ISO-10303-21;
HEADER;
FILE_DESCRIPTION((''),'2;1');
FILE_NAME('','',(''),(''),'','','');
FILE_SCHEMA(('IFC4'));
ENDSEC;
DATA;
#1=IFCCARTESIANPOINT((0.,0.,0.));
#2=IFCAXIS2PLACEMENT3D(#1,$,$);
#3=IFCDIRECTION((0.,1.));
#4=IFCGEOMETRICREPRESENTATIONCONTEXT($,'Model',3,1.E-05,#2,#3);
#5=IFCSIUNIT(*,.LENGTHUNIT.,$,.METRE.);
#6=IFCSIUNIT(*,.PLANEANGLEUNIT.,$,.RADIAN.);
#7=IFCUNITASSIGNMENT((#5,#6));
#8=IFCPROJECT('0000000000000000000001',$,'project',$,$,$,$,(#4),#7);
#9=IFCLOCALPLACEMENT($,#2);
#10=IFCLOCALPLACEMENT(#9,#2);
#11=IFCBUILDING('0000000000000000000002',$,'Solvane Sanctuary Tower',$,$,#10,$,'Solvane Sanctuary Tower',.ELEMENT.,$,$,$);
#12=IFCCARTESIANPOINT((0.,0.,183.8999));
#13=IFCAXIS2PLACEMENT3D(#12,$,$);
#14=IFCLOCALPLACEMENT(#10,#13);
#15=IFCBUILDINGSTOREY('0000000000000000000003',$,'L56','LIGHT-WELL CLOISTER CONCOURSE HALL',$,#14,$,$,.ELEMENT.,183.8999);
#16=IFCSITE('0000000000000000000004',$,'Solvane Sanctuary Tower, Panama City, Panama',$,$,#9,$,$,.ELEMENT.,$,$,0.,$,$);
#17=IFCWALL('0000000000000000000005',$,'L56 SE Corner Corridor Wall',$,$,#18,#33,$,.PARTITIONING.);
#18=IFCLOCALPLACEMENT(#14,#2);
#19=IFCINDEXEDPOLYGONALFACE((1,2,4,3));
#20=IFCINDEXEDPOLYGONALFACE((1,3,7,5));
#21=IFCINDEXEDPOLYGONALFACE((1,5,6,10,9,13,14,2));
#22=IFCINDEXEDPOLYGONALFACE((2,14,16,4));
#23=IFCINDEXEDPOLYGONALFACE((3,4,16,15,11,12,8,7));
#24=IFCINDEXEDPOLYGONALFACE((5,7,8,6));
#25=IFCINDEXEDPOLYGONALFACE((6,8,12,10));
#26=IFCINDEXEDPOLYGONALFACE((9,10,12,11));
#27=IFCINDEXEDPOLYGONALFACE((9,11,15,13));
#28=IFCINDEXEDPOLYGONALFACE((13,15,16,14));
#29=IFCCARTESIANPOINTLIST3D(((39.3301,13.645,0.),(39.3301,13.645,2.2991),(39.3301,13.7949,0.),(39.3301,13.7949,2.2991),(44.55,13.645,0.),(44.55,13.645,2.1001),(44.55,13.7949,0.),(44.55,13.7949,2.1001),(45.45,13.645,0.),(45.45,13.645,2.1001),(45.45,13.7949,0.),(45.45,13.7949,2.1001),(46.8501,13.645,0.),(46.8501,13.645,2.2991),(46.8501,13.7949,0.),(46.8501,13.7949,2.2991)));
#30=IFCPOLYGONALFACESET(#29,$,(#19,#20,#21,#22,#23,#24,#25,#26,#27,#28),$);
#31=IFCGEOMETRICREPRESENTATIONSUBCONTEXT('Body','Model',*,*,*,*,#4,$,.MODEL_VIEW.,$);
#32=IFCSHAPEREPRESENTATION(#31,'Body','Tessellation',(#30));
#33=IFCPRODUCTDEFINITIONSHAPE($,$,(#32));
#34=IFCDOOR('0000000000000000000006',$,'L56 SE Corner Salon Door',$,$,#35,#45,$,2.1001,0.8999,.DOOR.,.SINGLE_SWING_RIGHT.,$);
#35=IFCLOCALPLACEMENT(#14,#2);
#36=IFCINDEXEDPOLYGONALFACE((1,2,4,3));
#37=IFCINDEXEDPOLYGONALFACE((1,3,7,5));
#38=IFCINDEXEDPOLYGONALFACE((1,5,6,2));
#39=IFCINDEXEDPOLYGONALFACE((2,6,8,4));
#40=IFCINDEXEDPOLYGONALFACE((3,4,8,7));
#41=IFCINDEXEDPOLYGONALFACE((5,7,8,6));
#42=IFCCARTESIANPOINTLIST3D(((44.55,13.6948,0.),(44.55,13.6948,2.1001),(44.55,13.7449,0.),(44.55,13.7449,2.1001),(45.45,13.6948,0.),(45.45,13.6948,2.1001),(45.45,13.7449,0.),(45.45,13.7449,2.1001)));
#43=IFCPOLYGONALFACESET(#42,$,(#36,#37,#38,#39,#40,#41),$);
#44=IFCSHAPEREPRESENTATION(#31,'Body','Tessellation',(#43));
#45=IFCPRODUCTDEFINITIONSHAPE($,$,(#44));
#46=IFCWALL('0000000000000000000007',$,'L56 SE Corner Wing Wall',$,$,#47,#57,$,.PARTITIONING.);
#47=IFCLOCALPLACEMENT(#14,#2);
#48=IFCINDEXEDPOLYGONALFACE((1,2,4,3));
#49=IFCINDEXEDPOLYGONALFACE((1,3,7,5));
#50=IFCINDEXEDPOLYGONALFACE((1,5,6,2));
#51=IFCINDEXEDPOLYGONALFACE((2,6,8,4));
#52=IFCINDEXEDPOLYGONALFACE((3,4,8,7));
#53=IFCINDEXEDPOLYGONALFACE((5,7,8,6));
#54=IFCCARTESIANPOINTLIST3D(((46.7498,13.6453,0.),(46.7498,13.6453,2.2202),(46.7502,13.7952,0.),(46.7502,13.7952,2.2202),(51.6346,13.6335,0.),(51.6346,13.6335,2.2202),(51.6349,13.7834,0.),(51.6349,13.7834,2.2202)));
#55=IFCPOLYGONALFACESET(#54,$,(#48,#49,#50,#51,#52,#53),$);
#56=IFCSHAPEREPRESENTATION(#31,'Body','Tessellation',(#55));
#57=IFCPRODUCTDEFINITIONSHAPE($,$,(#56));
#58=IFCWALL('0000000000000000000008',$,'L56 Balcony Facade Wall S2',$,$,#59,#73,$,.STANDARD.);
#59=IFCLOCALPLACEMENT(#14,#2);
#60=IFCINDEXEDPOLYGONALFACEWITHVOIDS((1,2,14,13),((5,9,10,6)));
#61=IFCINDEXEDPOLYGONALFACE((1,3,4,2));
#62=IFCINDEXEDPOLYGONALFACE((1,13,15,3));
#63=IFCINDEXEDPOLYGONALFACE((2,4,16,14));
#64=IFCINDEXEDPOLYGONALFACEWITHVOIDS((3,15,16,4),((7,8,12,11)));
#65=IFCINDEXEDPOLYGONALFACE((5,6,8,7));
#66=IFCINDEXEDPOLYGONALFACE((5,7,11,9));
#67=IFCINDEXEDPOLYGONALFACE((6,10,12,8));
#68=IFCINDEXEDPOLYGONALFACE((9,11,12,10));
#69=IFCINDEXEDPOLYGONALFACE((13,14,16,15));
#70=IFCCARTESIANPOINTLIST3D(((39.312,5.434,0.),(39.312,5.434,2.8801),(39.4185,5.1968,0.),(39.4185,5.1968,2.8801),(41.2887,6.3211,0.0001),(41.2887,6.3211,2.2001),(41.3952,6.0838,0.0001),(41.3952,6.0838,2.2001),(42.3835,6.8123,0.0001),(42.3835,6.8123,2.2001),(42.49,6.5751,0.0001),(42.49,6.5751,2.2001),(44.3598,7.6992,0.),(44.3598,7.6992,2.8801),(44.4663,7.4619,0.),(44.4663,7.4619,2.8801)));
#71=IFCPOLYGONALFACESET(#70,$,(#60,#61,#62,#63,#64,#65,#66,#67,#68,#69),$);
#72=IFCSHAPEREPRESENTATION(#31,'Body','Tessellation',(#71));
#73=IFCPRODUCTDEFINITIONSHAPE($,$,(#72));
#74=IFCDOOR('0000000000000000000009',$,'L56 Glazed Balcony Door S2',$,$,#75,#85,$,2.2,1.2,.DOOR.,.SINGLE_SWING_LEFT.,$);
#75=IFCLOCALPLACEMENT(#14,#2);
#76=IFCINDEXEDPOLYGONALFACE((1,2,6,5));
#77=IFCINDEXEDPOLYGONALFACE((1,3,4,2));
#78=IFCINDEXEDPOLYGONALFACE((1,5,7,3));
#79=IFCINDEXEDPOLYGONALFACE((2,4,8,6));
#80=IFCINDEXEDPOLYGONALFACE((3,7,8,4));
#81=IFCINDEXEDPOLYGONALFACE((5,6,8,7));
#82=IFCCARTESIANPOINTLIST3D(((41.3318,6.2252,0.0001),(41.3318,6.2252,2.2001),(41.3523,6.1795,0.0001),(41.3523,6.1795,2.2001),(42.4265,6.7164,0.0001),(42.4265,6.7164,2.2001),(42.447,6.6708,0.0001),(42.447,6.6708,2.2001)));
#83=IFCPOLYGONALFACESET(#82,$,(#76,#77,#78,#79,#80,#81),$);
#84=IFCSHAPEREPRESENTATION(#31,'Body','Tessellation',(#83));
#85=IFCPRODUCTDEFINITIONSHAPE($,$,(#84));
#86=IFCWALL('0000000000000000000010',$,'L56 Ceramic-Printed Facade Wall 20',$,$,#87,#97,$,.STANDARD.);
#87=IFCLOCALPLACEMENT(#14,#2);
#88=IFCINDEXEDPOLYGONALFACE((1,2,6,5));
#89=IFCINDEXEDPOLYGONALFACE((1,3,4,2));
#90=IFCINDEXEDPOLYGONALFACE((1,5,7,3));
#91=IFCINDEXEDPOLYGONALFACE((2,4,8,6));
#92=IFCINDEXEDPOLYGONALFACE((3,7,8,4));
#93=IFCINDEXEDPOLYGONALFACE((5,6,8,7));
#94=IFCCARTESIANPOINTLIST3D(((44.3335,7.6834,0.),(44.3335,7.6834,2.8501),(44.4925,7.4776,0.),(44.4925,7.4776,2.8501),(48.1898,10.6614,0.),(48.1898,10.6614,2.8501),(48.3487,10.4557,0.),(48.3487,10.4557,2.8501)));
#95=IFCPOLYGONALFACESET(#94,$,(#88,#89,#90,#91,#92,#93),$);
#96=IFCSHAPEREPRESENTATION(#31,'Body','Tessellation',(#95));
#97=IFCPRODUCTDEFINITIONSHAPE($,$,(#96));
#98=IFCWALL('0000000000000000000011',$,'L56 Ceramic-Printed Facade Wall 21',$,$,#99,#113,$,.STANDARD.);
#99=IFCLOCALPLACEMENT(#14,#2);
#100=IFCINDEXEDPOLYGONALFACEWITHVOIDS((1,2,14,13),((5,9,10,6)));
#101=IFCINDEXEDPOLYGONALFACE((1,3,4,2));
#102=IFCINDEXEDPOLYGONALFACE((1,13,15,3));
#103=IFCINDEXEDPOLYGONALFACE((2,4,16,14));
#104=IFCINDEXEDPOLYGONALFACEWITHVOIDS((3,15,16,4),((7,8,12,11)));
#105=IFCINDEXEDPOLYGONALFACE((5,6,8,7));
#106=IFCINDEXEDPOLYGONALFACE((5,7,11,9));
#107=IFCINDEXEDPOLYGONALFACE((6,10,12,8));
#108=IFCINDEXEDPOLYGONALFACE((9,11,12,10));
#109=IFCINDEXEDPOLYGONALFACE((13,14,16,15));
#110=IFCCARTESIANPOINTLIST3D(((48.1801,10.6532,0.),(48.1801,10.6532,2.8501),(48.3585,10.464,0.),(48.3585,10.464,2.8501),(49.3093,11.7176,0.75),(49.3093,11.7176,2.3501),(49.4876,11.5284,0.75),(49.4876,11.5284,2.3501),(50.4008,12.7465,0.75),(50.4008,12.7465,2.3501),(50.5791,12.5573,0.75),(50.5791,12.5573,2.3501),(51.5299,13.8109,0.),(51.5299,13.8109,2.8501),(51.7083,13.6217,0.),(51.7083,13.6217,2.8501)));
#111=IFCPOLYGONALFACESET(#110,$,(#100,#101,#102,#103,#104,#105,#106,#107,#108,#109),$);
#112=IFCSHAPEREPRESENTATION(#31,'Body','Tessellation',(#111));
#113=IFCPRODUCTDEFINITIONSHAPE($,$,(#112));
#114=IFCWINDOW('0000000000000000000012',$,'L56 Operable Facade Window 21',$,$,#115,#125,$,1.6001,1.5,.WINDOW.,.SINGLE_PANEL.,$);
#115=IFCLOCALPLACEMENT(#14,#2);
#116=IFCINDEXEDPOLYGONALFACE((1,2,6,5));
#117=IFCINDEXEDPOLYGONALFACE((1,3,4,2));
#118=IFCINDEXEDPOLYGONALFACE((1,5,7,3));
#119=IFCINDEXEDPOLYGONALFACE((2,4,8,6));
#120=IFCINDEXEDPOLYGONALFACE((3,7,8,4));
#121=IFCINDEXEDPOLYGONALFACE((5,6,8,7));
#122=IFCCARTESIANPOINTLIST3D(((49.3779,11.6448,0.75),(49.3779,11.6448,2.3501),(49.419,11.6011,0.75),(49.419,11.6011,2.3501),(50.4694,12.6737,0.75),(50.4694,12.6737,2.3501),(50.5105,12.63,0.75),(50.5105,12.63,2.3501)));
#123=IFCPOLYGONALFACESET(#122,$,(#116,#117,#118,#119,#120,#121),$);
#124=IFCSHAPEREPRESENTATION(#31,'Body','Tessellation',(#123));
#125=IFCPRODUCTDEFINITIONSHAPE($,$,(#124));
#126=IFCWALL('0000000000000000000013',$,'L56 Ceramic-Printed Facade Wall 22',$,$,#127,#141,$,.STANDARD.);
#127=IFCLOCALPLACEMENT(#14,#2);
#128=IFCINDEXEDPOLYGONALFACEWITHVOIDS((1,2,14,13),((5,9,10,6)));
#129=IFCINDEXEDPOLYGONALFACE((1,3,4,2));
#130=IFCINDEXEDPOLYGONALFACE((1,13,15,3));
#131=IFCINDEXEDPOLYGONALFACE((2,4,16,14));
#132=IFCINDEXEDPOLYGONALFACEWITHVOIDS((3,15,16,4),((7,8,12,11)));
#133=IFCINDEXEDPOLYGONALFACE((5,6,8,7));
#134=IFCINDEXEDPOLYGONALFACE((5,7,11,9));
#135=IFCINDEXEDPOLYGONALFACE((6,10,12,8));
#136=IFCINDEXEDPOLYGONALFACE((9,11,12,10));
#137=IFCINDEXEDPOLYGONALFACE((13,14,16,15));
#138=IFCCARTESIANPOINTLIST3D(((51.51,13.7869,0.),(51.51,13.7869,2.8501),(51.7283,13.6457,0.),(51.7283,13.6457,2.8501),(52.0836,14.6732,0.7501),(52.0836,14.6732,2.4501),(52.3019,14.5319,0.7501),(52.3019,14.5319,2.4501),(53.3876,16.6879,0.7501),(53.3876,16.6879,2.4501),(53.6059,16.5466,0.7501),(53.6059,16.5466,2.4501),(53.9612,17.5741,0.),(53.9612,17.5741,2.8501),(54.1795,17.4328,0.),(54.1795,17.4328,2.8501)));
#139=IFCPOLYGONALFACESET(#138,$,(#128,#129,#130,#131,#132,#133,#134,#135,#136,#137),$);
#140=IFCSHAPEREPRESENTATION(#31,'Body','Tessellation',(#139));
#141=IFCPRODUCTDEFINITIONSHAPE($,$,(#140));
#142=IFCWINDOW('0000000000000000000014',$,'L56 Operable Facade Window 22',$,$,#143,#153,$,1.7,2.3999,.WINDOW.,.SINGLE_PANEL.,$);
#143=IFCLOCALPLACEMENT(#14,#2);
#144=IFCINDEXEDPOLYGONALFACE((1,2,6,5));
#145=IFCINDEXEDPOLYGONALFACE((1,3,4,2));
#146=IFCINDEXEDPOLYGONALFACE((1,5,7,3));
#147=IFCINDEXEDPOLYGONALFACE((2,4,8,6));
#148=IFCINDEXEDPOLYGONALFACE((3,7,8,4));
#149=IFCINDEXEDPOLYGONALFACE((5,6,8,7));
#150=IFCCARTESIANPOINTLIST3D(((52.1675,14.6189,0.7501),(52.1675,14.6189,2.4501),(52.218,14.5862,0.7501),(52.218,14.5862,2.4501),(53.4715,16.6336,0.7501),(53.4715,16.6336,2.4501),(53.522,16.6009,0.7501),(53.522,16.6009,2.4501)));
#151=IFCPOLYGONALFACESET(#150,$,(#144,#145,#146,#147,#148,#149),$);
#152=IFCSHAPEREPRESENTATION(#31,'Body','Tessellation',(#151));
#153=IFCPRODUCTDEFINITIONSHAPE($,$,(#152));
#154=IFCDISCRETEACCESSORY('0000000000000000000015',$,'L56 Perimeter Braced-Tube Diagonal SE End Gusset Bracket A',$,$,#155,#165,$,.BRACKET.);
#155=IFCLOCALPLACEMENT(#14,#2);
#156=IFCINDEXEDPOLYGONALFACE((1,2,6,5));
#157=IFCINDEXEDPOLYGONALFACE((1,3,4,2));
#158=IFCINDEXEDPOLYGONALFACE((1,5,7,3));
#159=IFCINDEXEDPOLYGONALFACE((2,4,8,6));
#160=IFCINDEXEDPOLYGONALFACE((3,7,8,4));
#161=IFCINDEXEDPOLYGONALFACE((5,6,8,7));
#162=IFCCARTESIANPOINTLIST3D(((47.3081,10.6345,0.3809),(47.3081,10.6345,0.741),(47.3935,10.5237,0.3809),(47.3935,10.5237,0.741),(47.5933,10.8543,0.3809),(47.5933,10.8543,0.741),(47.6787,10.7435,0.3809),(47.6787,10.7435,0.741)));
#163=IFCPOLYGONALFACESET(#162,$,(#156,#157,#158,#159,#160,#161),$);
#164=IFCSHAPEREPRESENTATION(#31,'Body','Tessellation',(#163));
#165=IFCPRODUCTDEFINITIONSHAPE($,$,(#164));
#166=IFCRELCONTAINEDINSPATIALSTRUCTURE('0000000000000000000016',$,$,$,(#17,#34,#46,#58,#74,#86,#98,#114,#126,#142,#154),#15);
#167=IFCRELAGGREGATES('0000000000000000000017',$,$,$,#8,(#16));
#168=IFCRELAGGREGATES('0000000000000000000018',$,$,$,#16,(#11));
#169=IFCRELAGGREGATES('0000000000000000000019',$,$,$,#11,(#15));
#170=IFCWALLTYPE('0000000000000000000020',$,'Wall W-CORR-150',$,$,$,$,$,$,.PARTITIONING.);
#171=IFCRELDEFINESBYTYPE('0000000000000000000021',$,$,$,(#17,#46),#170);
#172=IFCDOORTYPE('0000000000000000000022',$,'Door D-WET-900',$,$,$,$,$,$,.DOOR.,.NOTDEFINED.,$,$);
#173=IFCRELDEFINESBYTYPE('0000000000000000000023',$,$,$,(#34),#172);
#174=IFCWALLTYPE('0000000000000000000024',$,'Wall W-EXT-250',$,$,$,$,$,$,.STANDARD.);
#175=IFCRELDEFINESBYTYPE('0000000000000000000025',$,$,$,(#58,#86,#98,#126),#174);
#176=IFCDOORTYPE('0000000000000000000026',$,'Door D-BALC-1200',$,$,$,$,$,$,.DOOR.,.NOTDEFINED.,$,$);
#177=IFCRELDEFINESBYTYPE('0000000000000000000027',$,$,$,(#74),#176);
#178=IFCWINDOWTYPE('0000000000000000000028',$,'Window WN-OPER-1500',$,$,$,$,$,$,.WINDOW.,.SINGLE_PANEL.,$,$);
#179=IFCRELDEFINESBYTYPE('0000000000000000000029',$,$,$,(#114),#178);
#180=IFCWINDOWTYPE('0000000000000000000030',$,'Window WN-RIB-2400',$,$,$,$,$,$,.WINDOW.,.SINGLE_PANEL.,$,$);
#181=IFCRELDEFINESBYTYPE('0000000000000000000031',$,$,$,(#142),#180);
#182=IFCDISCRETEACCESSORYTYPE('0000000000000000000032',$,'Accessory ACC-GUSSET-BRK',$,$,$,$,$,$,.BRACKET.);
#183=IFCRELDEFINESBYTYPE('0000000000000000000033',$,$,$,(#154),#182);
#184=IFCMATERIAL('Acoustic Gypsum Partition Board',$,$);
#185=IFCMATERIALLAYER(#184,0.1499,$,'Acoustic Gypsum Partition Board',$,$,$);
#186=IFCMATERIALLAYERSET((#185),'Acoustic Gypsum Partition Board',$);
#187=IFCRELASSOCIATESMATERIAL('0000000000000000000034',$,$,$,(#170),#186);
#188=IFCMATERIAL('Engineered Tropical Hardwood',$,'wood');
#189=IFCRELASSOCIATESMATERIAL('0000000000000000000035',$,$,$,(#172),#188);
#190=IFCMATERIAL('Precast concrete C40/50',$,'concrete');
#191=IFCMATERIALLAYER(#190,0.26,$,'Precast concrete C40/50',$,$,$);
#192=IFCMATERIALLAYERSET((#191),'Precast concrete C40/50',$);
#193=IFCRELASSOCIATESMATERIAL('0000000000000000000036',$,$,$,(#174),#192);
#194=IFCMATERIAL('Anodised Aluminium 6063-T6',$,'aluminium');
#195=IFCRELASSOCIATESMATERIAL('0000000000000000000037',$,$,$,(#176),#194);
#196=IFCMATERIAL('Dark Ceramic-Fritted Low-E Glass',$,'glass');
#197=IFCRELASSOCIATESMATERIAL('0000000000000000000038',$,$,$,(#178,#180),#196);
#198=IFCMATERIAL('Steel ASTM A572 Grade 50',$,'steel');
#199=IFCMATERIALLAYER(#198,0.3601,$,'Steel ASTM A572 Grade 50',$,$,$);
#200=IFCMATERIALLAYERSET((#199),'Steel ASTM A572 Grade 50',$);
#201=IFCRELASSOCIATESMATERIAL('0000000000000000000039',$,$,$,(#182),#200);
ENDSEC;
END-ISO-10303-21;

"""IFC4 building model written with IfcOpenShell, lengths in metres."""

from ifc_helpers import new_model, si_unit, direction, frame, frame_2d, origin, origin_2d, place, context, subcontext, project, spatial, rectangle, extrude, material, layer, layer_set, type_object, element, fill, save


model = new_model("IFC4")

# Units and contexts
model_context = context("Model", 3, precision=1e-05, world=origin(), true_north=direction((0.0, 1.0)))
body_context = subcontext(model_context, "Body", "Model", "MODEL_VIEW")
ifc_project = project(units=[si_unit("LENGTHUNIT", "METRE"), si_unit("PLANEANGLEUNIT", "RADIAN")], contexts=[model_context])

# Site, building, storey
site_placement = place(None, origin())
site = spatial("IfcSite", under=ifc_project, at=site_placement, Name="Solvane Sanctuary Tower, Panama City, Panama", CompositionType="ELEMENT", RefElevation=0.0)
building_placement = place(site_placement, origin())
building = spatial("IfcBuilding", under=site, at=building_placement, Name="Solvane Sanctuary Tower", LongName="Solvane Sanctuary Tower", CompositionType="ELEMENT")
storey_placement = place(building_placement, frame((0.0, 0.0, 183.8999)))
storey = spatial("IfcBuildingStorey", under=building, at=storey_placement, Name="L56", Description="LIGHT-WELL CLOISTER CONCOURSE HALL", CompositionType="ELEMENT", Elevation=183.8999)

# Wall, opening, door
ifc_material_1 = material(Name="Acoustic Gypsum Partition Board")
ifc_layer_1 = layer(ifc_material_1, 0.1499, Name="Acoustic Gypsum Partition Board")
ifc_layer_set_1 = layer_set([ifc_layer_1], Name="Acoustic Gypsum Partition Board")
wall_type_1 = type_object("IfcWallType", Name="Wall W-CORR-150", PredefinedType="PARTITIONING", material=ifc_layer_set_1)
wall_1_placement = place(storey_placement, frame((39.3301, 13.72, 0.0), z_axis=(0.0, 0.0, 1.0), x_axis=(1.0, 0.0, 0.0)))
wall_1 = element("IfcWall", 1, at=wall_1_placement, inside=storey, type_object=wall_type_1, Name="L56 SE Corner Corridor Wall", PredefinedType="PARTITIONING", context=body_context, shape_type="SweptSolid", body=[
    extrude(rectangle(XDim=7.52, YDim=0.1499, at=frame_2d((3.76, 0.0))), origin(), (0.0, 0.0, 1.0), 2.2991),
])
opening_1_placement = place(wall_1_placement, frame((5.22, 0.0, 0.0)))
opening_1 = element("IfcOpeningElement", 2, at=opening_1_placement, cuts=wall_1, PredefinedType="OPENING", context=body_context, shape_type="SweptSolid", body=[
    extrude(rectangle(XDim=0.8999, YDim=2.1001, at=frame_2d((0.45, 1.05))), frame((0.0, 0.085, 0.0), z_axis=(0.0, -1.0, 0.0), x_axis=(1.0, 0.0, 0.0)), (0.0, 0.0, 1.0), 0.1699),
])
ifc_material_2 = material(Name="Engineered Tropical Hardwood", Category="wood")
door_type_1 = type_object("IfcDoorType", Name="Door D-WET-900", OperationType="NOTDEFINED", PredefinedType="DOOR", material=ifc_material_2)
door_1_placement = place(opening_1_placement, origin())
door_1 = element("IfcDoor", 3, at=door_1_placement, inside=storey, type_object=door_type_1, Name="L56 SE Corner Salon Door", OperationType="SINGLE_SWING_RIGHT", OverallHeight=2.1001, OverallWidth=0.8999, PredefinedType="DOOR", context=body_context, shape_type="SweptSolid", body=[
    extrude(rectangle(XDim=0.8999, YDim=2.1001, at=frame_2d((0.45, 1.05))), frame((0.0, 0.0249, 0.0), z_axis=(0.0, -1.0, 0.0), x_axis=(1.0, 0.0, 0.0)), (0.0, 0.0, 1.0), 0.05),
])
fill(opening_1, door_1)

# Wall
wall_2_placement = place(storey_placement, frame((46.75, 13.7202, 0.0), z_axis=(0.0, 0.0, 1.0), x_axis=(0.999997, -0.002399, 0.0)))
element("IfcWall", 4, at=wall_2_placement, inside=storey, type_object=wall_type_1, Name="L56 SE Corner Wing Wall", PredefinedType="PARTITIONING", context=body_context, shape_type="SweptSolid", body=[
    extrude(rectangle(XDim=4.8848, YDim=0.1499, at=frame_2d((2.4424, 0.0))), origin(), (0.0, 0.0, 1.0), 2.2202),
])

# Wall, opening, door
ifc_material_3 = material(Name="Precast concrete C40/50", Category="concrete")
ifc_layer_2 = layer(ifc_material_3, 0.26, Name="Precast concrete C40/50")
ifc_layer_set_2 = layer_set([ifc_layer_2], Name="Precast concrete C40/50")
wall_type_2 = type_object("IfcWallType", Name="Wall W-EXT-250", PredefinedType="STANDARD", material=ifc_layer_set_2)
wall_3_placement = place(storey_placement, frame((39.3652, 5.3154, 0.0), z_axis=(0.0, 0.0, 1.0), x_axis=(0.912354, 0.409403, 0.0)))
wall_3 = element("IfcWall", 5, at=wall_3_placement, inside=storey, type_object=wall_type_2, Name="L56 Balcony Facade Wall S2", PredefinedType="STANDARD", context=body_context, shape_type="SweptSolid", body=[
    extrude(rectangle(XDim=5.5327, YDim=0.26, at=frame_2d((2.7664, 0.0))), origin(), (0.0, 0.0, 1.0), 2.8801),
])
opening_2_placement = place(wall_3_placement, frame((2.1665, 0.0, 0.0)))
opening_2 = element("IfcOpeningElement", 6, at=opening_2_placement, cuts=wall_3, PredefinedType="OPENING", context=body_context, shape_type="SweptSolid", body=[
    extrude(rectangle(XDim=1.2, YDim=2.2, at=frame_2d((0.6001, 1.1001))), frame((0.0, 0.1399, 0.0), z_axis=(0.0, -1.0, 0.0), x_axis=(1.0, 0.0, 0.0)), (0.0, 0.0, 1.0), 0.28),
])
ifc_material_4 = material(Name="Anodised Aluminium 6063-T6", Category="aluminium")
door_type_2 = type_object("IfcDoorType", Name="Door D-BALC-1200", OperationType="NOTDEFINED", PredefinedType="DOOR", material=ifc_material_4)
door_2_placement = place(opening_2_placement, origin())
door_2 = element("IfcDoor", 7, at=door_2_placement, inside=storey, type_object=door_type_2, Name="L56 Glazed Balcony Door S2", OperationType="SINGLE_SWING_LEFT", OverallHeight=2.2, OverallWidth=1.2, PredefinedType="DOOR", context=body_context, shape_type="SweptSolid", body=[
    extrude(rectangle(XDim=1.2, YDim=2.2, at=frame_2d((0.6001, 1.1001))), frame((0.0, 0.0249, 0.0), z_axis=(0.0, -1.0, 0.0), x_axis=(1.0, 0.0, 0.0)), (0.0, 0.0, 1.0), 0.05),
])
fill(opening_2, door_2)

# Wall
wall_4_placement = place(storey_placement, frame((44.4131, 7.5806, 0.0), z_axis=(0.0, 0.0, 1.0), x_axis=(0.79146, 0.611221, 0.0)))
element("IfcWall", 8, at=wall_4_placement, inside=storey, type_object=wall_type_2, Name="L56 Ceramic-Printed Facade Wall 20", PredefinedType="STANDARD", context=body_context, shape_type="SweptSolid", body=[
    extrude(rectangle(XDim=4.8723, YDim=0.26, at=frame_2d((2.436, 0.0))), origin(), (0.0, 0.0, 1.0), 2.8501),
])

# Walls, openings, windows
wall_5_placement = place(storey_placement, frame((48.2693, 10.5586, 0.0), z_axis=(0.0, 0.0, 1.0), x_axis=(0.727667, 0.68593, 0.0)))
wall_5 = element("IfcWall", 9, at=wall_5_placement, inside=storey, type_object=wall_type_2, Name="L56 Ceramic-Printed Facade Wall 21", PredefinedType="STANDARD", context=body_context, shape_type="SweptSolid", body=[
    extrude(rectangle(XDim=4.6035, YDim=0.26, at=frame_2d((2.3018, 0.0))), origin(), (0.0, 0.0, 1.0), 2.8501),
])
opening_3_placement = place(wall_5_placement, frame((1.5518, 0.0, 0.75)))
opening_3 = element("IfcOpeningElement", 10, at=opening_3_placement, cuts=wall_5, PredefinedType="OPENING", context=body_context, shape_type="SweptSolid", body=[
    extrude(rectangle(XDim=1.5, YDim=1.6001, at=frame_2d((0.75, 0.8))), frame((0.0, 0.1399, 0.0), z_axis=(0.0, -1.0, 0.0), x_axis=(1.0, 0.0, 0.0)), (0.0, 0.0, 1.0), 0.28),
])
ifc_material_5 = material(Name="Dark Ceramic-Fritted Low-E Glass", Category="glass")
window_type_1 = type_object("IfcWindowType", Name="Window WN-OPER-1500", PartitioningType="SINGLE_PANEL", PredefinedType="WINDOW", material=ifc_material_5)
window_1_placement = place(opening_3_placement, origin())
window_1 = element("IfcWindow", 11, at=window_1_placement, inside=storey, type_object=window_type_1, Name="L56 Operable Facade Window 21", OverallHeight=1.6001, OverallWidth=1.5, PartitioningType="SINGLE_PANEL", PredefinedType="WINDOW", context=body_context, shape_type="SweptSolid", body=[
    extrude(rectangle(XDim=1.5, YDim=1.6001, at=frame_2d((0.75, 0.8))), frame((0.0, 0.03, 0.0), z_axis=(0.0, -1.0, 0.0), x_axis=(1.0, 0.0, 0.0)), (0.0, 0.0, 1.0), 0.0601),
])
fill(opening_3, window_1)
wall_6_placement = place(storey_placement, frame((51.6191, 13.7163, 0.0), z_axis=(0.0, 0.0, 1.0), x_axis=(0.543359, 0.8395, 0.0)))
wall_6 = element("IfcWall", 12, at=wall_6_placement, inside=storey, type_object=wall_type_2, Name="L56 Ceramic-Printed Facade Wall 22", PredefinedType="STANDARD", context=body_context, shape_type="SweptSolid", body=[
    extrude(rectangle(XDim=4.5112, YDim=0.26, at=frame_2d((2.2556, 0.0))), origin(), (0.0, 0.0, 1.0), 2.8501),
])
opening_4_placement = place(wall_6_placement, frame((1.0557, 0.0, 0.75)))
opening_4 = element("IfcOpeningElement", 13, at=opening_4_placement, cuts=wall_6, PredefinedType="OPENING", context=body_context, shape_type="SweptSolid", body=[
    extrude(rectangle(XDim=2.3999, YDim=1.7, at=frame_2d((1.2, 0.8501))), frame((0.0, 0.1399, 0.0), z_axis=(0.0, -1.0, 0.0), x_axis=(1.0, 0.0, 0.0)), (0.0, 0.0, 1.0), 0.28),
])
window_type_2 = type_object("IfcWindowType", Name="Window WN-RIB-2400", PartitioningType="SINGLE_PANEL", PredefinedType="WINDOW", material=ifc_material_5)
window_2_placement = place(opening_4_placement, origin())
window_2 = element("IfcWindow", 14, at=window_2_placement, inside=storey, type_object=window_type_2, Name="L56 Operable Facade Window 22", OverallHeight=1.7, OverallWidth=2.3999, PartitioningType="SINGLE_PANEL", PredefinedType="WINDOW", context=body_context, shape_type="SweptSolid", body=[
    extrude(rectangle(XDim=2.3999, YDim=1.7, at=frame_2d((1.2, 0.8501))), frame((0.0, 0.03, 0.0), z_axis=(0.0, -1.0, 0.0), x_axis=(1.0, 0.0, 0.0)), (0.0, 0.0, 1.0), 0.0601),
])
fill(opening_4, window_2)

# Discrete accessory
ifc_material_6 = material(Name="Steel ASTM A572 Grade 50", Category="steel")
ifc_layer_3 = layer(ifc_material_6, 0.3601, Name="Steel ASTM A572 Grade 50")
ifc_layer_set_3 = layer_set([ifc_layer_3], Name="Steel ASTM A572 Grade 50")
discrete_accessory_type = type_object("IfcDiscreteAccessoryType", Name="Accessory ACC-GUSSET-BRK", PredefinedType="BRACKET", material=ifc_layer_set_3)
for number, where, z_axis, x_axis, name in (
    (15, (47.4934, 10.689, 0.3809), (0.0, 0.0, 1.0), (-0.792077, -0.610422, 0.0), "L56 Perimeter Braced-Tube Diagonal SE End Gusset Bracket A"),
):
    element("IfcDiscreteAccessory", number, at=place(storey_placement, frame(where, z_axis=z_axis, x_axis=x_axis)), inside=storey, type_object=discrete_accessory_type, Name=name, PredefinedType="BRACKET", context=body_context, shape_type="SweptSolid", body=[
        extrude(rectangle(XDim=0.3601, YDim=0.1399, at=origin_2d()), origin(), (0.0, 0.0, 1.0), 0.3601),
    ])

save(model, "model.ifc")
